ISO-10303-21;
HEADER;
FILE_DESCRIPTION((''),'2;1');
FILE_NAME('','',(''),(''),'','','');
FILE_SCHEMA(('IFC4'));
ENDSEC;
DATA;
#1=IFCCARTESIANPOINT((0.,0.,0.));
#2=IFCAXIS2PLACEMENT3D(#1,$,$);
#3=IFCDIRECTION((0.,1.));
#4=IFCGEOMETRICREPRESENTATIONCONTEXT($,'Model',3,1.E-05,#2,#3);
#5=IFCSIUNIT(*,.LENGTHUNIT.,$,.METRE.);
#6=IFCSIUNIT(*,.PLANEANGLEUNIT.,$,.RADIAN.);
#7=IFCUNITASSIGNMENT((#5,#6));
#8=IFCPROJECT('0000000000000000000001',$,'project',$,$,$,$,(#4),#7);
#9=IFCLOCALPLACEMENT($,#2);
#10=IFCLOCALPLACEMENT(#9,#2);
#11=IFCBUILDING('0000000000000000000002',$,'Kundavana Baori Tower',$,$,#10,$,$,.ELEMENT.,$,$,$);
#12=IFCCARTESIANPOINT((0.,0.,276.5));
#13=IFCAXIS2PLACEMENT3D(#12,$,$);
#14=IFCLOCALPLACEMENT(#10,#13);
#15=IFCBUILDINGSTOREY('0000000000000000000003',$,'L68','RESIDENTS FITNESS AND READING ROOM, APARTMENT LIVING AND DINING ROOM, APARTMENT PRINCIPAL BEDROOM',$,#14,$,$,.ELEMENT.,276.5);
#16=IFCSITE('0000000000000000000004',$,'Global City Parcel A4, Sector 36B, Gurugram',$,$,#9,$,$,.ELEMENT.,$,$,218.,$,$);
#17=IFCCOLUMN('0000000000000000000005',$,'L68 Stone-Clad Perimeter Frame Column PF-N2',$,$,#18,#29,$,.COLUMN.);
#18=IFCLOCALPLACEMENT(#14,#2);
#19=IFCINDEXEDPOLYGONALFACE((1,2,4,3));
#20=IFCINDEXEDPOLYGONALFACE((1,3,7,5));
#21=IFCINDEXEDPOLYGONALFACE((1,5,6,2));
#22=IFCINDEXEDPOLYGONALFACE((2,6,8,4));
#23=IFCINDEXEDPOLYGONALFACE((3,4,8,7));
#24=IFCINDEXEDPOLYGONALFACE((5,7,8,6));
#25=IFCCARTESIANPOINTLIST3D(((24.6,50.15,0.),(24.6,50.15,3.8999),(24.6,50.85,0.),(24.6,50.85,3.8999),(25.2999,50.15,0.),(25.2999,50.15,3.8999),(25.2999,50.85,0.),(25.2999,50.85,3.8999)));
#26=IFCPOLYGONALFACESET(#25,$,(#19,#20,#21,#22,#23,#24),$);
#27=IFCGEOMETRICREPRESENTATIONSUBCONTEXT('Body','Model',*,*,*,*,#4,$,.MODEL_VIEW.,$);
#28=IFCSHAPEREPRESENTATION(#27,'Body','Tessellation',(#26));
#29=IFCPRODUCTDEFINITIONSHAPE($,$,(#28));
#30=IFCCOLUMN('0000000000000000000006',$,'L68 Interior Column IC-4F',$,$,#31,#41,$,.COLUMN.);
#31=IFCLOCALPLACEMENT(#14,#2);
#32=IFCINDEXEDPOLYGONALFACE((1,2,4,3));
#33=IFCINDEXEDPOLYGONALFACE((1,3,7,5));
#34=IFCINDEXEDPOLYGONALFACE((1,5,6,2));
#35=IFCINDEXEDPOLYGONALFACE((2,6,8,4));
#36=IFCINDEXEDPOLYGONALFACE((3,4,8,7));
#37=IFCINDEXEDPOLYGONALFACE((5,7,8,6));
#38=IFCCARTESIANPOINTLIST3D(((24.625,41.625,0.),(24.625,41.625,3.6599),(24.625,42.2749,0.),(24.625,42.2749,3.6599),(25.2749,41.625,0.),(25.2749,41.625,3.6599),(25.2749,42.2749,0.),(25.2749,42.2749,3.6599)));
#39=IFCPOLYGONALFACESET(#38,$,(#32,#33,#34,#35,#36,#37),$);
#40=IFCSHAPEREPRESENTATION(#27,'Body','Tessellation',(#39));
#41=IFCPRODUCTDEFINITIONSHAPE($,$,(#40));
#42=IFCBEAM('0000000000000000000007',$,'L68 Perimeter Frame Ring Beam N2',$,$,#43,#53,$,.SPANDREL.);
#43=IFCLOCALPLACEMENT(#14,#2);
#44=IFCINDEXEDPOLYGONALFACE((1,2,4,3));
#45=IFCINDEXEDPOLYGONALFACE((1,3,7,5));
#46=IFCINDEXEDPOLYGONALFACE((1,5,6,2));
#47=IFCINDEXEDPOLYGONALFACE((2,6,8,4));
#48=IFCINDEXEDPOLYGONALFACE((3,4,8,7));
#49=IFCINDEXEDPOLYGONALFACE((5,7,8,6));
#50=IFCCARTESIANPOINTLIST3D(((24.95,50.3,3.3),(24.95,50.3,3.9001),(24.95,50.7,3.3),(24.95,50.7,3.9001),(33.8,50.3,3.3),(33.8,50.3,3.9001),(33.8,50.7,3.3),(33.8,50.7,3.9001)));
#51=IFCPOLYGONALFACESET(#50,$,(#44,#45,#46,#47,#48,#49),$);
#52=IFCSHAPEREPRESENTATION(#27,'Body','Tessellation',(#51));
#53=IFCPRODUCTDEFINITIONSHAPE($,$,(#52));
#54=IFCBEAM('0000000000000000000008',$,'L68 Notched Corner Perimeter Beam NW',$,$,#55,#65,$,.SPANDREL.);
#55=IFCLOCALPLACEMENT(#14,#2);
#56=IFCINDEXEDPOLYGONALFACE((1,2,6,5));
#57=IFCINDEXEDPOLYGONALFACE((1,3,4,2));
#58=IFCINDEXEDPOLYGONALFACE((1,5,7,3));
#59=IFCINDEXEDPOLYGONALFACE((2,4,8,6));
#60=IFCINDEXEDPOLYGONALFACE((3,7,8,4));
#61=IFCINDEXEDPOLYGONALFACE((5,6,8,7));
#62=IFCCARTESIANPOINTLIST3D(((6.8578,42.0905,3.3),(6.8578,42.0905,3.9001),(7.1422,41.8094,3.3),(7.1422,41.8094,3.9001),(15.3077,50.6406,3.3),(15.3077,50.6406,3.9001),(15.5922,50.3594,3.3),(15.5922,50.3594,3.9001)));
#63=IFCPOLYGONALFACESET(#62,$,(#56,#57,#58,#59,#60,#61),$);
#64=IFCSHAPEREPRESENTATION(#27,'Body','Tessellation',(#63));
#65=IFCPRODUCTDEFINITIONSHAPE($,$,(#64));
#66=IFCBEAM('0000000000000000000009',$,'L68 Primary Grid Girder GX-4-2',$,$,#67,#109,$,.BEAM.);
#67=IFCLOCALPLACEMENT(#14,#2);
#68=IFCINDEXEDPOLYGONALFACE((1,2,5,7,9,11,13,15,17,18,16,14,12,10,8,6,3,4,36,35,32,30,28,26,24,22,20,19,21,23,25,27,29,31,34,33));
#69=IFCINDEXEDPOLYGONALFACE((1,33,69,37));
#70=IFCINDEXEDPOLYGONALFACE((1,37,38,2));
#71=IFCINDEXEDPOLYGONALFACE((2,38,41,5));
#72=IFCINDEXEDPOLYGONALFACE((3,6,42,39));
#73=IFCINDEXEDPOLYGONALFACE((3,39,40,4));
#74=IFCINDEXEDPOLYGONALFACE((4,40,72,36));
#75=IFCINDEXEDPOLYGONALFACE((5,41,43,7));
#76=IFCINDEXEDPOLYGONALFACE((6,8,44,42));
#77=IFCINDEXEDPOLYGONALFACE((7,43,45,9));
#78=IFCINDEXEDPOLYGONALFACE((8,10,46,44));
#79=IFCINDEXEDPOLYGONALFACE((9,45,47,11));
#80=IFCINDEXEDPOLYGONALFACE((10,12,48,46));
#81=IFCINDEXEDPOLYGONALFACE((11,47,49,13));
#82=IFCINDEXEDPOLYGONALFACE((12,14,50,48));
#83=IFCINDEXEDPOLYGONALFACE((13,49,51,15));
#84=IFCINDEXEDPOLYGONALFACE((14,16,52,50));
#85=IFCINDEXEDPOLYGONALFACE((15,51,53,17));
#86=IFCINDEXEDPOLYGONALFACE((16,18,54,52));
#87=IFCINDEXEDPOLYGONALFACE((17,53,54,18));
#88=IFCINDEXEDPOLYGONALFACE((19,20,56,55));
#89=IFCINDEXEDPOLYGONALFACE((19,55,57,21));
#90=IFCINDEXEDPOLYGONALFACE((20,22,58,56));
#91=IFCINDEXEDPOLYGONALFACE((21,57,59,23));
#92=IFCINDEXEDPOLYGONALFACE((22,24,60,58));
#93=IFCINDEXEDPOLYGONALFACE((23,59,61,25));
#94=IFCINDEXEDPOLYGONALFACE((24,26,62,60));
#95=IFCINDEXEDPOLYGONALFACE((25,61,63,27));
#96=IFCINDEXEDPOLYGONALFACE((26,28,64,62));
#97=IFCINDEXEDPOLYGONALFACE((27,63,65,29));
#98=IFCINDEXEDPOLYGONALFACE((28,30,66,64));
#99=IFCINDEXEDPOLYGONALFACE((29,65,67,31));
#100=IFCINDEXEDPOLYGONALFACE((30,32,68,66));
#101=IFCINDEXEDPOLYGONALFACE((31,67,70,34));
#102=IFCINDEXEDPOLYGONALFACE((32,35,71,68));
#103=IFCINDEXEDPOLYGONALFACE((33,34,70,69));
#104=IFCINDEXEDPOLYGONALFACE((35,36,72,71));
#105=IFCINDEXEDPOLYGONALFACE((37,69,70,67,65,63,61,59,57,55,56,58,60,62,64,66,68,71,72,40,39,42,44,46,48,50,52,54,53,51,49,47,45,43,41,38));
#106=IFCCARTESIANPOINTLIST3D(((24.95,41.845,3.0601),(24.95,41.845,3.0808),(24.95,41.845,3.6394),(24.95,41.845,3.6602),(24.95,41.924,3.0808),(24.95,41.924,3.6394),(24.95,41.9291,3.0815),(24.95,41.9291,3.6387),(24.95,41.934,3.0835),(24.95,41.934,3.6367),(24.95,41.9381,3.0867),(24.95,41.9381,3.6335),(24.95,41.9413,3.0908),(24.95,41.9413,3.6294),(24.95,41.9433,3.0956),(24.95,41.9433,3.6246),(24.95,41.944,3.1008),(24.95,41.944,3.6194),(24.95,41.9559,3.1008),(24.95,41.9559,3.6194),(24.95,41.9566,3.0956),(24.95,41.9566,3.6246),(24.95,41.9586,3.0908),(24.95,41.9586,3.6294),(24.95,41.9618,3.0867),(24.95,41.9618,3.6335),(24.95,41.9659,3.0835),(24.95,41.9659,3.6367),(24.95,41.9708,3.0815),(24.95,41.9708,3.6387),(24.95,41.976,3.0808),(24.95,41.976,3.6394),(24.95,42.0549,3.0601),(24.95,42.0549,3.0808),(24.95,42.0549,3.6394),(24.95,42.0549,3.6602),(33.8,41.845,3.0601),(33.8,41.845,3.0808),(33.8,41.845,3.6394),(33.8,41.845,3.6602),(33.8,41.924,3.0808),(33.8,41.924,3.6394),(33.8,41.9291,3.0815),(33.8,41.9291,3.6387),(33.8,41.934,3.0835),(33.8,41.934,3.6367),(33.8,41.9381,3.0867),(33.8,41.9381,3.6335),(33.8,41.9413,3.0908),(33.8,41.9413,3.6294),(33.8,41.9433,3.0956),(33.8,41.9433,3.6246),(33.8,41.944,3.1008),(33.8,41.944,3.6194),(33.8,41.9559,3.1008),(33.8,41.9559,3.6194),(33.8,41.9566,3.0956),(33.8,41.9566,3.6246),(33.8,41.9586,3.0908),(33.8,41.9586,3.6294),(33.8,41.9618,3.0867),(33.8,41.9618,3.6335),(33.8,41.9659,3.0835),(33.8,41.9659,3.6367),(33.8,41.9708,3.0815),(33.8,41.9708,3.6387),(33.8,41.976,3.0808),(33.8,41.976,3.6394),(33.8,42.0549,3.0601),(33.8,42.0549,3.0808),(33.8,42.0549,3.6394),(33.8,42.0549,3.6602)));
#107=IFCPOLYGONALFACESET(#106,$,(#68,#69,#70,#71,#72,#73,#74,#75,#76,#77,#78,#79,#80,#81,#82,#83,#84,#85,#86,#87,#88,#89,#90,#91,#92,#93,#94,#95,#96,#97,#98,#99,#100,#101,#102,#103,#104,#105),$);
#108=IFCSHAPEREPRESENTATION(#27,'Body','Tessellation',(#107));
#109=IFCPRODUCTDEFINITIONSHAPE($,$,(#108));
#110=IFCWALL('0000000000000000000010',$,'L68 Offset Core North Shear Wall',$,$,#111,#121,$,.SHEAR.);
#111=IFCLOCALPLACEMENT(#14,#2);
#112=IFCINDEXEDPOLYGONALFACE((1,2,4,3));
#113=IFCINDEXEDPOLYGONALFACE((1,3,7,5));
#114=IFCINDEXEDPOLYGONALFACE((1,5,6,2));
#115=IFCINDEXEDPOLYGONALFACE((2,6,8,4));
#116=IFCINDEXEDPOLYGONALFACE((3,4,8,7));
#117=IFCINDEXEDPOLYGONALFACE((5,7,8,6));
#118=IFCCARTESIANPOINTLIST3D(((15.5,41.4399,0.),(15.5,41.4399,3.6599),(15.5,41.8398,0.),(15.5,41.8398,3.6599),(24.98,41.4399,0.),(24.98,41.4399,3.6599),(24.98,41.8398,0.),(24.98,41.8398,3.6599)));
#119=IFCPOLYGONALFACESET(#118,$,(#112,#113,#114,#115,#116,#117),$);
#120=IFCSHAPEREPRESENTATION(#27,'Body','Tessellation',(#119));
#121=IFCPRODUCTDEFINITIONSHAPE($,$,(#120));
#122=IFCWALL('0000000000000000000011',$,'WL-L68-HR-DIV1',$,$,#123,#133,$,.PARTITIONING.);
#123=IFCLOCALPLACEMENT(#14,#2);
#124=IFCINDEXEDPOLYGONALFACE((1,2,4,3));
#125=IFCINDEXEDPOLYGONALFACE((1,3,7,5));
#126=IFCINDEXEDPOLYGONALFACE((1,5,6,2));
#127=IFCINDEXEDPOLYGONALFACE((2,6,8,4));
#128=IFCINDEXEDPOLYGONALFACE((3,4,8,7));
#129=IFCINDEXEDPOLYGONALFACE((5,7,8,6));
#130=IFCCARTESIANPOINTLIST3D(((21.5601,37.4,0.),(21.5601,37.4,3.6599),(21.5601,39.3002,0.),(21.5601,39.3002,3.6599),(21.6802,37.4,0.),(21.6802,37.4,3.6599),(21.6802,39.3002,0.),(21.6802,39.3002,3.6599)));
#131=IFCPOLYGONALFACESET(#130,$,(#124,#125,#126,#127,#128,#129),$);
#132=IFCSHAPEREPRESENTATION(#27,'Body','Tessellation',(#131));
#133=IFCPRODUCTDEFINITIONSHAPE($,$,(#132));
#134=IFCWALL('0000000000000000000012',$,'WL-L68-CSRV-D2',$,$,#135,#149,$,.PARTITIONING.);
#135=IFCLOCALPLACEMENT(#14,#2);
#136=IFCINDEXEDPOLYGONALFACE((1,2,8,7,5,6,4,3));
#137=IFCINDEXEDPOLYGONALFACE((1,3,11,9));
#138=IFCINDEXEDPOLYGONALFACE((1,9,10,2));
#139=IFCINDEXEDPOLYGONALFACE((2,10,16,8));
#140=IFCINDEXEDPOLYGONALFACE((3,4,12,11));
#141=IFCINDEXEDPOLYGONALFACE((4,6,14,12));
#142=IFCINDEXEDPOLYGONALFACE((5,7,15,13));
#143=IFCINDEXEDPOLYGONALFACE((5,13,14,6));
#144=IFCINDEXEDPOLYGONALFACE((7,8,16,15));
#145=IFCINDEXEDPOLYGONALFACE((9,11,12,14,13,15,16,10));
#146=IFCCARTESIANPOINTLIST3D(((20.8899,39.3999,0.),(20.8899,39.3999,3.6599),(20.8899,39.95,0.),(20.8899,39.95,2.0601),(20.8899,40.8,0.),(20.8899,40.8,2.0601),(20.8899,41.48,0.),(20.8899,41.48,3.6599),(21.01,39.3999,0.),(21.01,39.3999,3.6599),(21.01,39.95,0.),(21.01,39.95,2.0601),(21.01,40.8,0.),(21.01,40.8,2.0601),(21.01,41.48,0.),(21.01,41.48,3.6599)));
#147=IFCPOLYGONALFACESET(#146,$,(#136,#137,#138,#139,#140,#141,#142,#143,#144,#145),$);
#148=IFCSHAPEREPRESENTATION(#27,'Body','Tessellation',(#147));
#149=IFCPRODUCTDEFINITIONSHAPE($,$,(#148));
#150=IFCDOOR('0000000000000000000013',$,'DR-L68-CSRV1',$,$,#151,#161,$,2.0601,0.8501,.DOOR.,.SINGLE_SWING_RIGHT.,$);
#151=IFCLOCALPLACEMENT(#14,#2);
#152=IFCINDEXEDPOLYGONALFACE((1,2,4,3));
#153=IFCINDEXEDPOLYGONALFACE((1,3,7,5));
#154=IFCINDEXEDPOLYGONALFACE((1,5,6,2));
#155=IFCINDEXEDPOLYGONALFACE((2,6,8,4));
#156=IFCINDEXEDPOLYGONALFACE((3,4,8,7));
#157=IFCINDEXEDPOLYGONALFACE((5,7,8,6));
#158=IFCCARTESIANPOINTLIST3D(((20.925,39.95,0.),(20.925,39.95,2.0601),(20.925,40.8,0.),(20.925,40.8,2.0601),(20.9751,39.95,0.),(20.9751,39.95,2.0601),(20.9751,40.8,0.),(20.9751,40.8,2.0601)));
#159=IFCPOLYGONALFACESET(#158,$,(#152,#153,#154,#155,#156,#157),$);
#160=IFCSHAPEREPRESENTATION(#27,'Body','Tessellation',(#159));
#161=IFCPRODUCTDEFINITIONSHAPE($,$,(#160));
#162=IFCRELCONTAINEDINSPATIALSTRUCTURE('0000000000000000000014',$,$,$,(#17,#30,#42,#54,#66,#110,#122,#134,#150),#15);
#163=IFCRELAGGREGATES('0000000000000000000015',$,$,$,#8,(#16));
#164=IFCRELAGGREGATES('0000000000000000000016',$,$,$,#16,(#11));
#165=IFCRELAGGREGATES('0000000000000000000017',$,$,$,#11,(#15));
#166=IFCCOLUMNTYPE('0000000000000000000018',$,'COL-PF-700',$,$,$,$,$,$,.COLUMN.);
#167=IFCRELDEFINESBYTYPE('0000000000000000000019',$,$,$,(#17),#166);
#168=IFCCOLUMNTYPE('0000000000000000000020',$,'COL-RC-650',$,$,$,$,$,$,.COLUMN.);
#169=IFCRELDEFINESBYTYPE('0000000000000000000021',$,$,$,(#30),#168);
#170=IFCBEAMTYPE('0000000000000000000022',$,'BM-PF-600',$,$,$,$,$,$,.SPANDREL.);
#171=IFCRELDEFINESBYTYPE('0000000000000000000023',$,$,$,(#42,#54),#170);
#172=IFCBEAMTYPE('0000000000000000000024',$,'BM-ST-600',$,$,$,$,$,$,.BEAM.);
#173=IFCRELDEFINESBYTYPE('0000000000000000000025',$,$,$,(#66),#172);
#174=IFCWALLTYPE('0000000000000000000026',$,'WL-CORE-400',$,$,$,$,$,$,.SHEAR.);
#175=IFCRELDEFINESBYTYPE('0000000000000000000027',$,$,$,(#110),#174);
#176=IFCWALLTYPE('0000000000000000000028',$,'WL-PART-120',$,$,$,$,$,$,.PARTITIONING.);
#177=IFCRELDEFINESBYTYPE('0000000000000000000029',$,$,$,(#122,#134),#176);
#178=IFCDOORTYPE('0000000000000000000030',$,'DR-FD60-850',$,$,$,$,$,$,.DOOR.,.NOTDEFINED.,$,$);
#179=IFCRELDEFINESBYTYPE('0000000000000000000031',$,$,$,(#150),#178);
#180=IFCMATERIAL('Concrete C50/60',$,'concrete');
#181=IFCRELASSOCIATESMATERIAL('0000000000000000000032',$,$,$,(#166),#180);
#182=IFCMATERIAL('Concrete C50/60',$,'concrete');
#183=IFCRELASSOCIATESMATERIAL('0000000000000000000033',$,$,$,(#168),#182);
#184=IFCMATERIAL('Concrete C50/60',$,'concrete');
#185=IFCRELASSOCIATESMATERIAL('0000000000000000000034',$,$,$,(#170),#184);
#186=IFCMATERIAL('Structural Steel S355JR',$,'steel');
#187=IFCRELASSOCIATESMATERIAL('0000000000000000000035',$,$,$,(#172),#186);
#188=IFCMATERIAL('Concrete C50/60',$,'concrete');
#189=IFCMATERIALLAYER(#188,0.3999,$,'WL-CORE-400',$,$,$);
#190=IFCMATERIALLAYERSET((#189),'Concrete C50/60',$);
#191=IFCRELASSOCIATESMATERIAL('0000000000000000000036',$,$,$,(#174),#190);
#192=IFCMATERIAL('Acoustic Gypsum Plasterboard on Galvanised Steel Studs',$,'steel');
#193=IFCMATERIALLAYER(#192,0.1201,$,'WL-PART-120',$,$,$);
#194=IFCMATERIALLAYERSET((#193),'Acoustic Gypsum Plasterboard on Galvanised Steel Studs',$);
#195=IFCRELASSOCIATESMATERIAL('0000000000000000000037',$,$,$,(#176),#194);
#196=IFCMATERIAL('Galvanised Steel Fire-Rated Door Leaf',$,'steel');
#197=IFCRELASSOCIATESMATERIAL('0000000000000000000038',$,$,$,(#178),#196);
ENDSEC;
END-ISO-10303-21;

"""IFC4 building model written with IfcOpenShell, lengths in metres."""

from ifc_helpers import new_model, si_unit, direction, frame, frame_2d, origin, origin_2d, place, context, subcontext, project, spatial, rectangle, i_section, extrude, material, layer, layer_set, material_profile, profile_set, type_object, element, fill, save


model = new_model("IFC4")

# Units and contexts
model_context = context("Model", 3, precision=1e-05, world=origin(), true_north=direction((0.0, 1.0)))
body_context = subcontext(model_context, "Body", "Model", "MODEL_VIEW")
ifc_project = project(units=[si_unit("LENGTHUNIT", "METRE"), si_unit("PLANEANGLEUNIT", "RADIAN")], contexts=[model_context])

# Site, building, storey
site_placement = place(None, origin())
site = spatial("IfcSite", under=ifc_project, at=site_placement, Name="Global City Parcel A4, Sector 36B, Gurugram", CompositionType="ELEMENT", RefElevation=218.0)
building_placement = place(site_placement, origin())
building = spatial("IfcBuilding", under=site, at=building_placement, Name="Kundavana Baori Tower", CompositionType="ELEMENT")
storey_placement = place(building_placement, frame((0.0, 0.0, 276.5)))
storey = spatial("IfcBuildingStorey", under=building, at=storey_placement, Name="L68", Description="RESIDENTS FITNESS AND READING ROOM, APARTMENT LIVING AND DINING ROOM, APARTMENT PRINCIPAL BEDROOM", CompositionType="ELEMENT", Elevation=276.5)

# Columns
ifc_material_1 = material(Name="Concrete C50/60", Category="concrete")
ifc_material_profile_1 = material_profile(ifc_material_1, rectangle(XDim=0.7, YDim=0.7, at=origin_2d()), Name="RC PF 700x700")
ifc_profile_set_1 = profile_set([ifc_material_profile_1], Name="Concrete C50/60")
column_type_1 = type_object("IfcColumnType", Name="COL-PF-700", PredefinedType="COLUMN", material=ifc_profile_set_1)
column_1_placement = place(storey_placement, frame((24.95, 50.5, 0.0), z_axis=(0.0, 0.0, 1.0), x_axis=(1.0, 0.0, 0.0)))
element("IfcColumn", 1, at=column_1_placement, inside=storey, type_object=column_type_1, Name="L68 Stone-Clad Perimeter Frame Column PF-N2", PredefinedType="COLUMN", context=body_context, shape_type="SweptSolid", body=[
    extrude(rectangle(XDim=0.7, YDim=0.7, at=origin_2d()), origin(), (0.0, 0.0, 1.0), 3.8999),
])
ifc_material_2 = material(Name="Concrete C50/60", Category="concrete")
ifc_material_profile_2 = material_profile(ifc_material_2, rectangle(XDim=0.6499, YDim=0.6499, at=origin_2d()), Name="RC 650x650")
ifc_profile_set_2 = profile_set([ifc_material_profile_2], Name="Concrete C50/60")
column_type_2 = type_object("IfcColumnType", Name="COL-RC-650", PredefinedType="COLUMN", material=ifc_profile_set_2)
column_2_placement = place(storey_placement, frame((24.95, 41.95, 0.0), z_axis=(0.0, 0.0, 1.0), x_axis=(1.0, 0.0, 0.0)))
element("IfcColumn", 2, at=column_2_placement, inside=storey, type_object=column_type_2, Name="L68 Interior Column IC-4F", PredefinedType="COLUMN", context=body_context, shape_type="SweptSolid", body=[
    extrude(rectangle(XDim=0.6499, YDim=0.6499, at=origin_2d()), origin(), (0.0, 0.0, 1.0), 3.6599),
])

# Beams
ifc_material_3 = material(Name="Concrete C50/60", Category="concrete")
ifc_material_profile_3 = material_profile(ifc_material_3, rectangle(XDim=0.3999, YDim=0.6001, at=origin_2d()), Name="RC BM 400x600")
ifc_profile_set_3 = profile_set([ifc_material_profile_3], Name="Concrete C50/60")
beam_type_1 = type_object("IfcBeamType", Name="BM-PF-600", PredefinedType="SPANDREL", material=ifc_profile_set_3)
beam_1_placement = place(storey_placement, frame((24.95, 50.5, 3.6001), z_axis=(1.0, 0.0, 0.0), x_axis=(0.0, 1.0, 0.0)))
element("IfcBeam", 3, at=beam_1_placement, inside=storey, type_object=beam_type_1, Name="L68 Perimeter Frame Ring Beam N2", PredefinedType="SPANDREL", context=body_context, shape_type="SweptSolid", body=[
    extrude(rectangle(XDim=0.3999, YDim=0.6001, at=origin_2d()), origin(), (0.0, 0.0, 1.0), 8.8501),
])
beam_2_placement = place(storey_placement, frame((15.45, 50.5, 3.6001), z_axis=(-0.702931, -0.711258, 0.0), x_axis=(0.711258, -0.702931, 0.0)))
element("IfcBeam", 4, at=beam_2_placement, inside=storey, type_object=beam_type_1, Name="L68 Notched Corner Perimeter Beam NW", PredefinedType="SPANDREL", context=body_context, shape_type="SweptSolid", body=[
    extrude(rectangle(XDim=0.3999, YDim=0.6001, at=origin_2d()), origin(), (0.0, 0.0, 1.0), 12.021),
])
ifc_material_4 = material(Name="Structural Steel S355JR", Category="steel")
ifc_material_profile_4 = material_profile(ifc_material_4, i_section(OverallWidth=0.21, OverallDepth=0.6001, WebThickness=0.012, FlangeThickness=0.0208, FilletRadius=0.02, at=origin_2d()), Name="ISMB 600")
ifc_profile_set_4 = profile_set([ifc_material_profile_4], Name="Structural Steel S355JR")
beam_type_2 = type_object("IfcBeamType", Name="BM-ST-600", PredefinedType="BEAM", material=ifc_profile_set_4)
beam_3_placement = place(storey_placement, frame((24.95, 41.95, 3.3601), z_axis=(1.0, 0.0, 0.0), x_axis=(0.0, 1.0, 0.0)))
element("IfcBeam", 5, at=beam_3_placement, inside=storey, type_object=beam_type_2, Name="L68 Primary Grid Girder GX-4-2", PredefinedType="BEAM", context=body_context, shape_type="SweptSolid", body=[
    extrude(i_section(OverallWidth=0.21, OverallDepth=0.6001, WebThickness=0.012, FlangeThickness=0.0208, FilletRadius=0.02, at=origin_2d()), origin(), (0.0, 0.0, 1.0), 8.8501),
])

# Walls
ifc_material_5 = material(Name="Concrete C50/60", Category="concrete")
ifc_layer_1 = layer(ifc_material_5, 0.3999, Name="WL-CORE-400")
ifc_layer_set_1 = layer_set([ifc_layer_1], Name="Concrete C50/60")
wall_type_1 = type_object("IfcWallType", Name="WL-CORE-400", PredefinedType="SHEAR", material=ifc_layer_set_1)
wall_1_placement = place(storey_placement, frame((15.5, 41.6399, 0.0), z_axis=(0.0, 0.0, 1.0), x_axis=(1.0, 0.0, 0.0)))
element("IfcWall", 6, at=wall_1_placement, inside=storey, type_object=wall_type_1, Name="L68 Offset Core North Shear Wall", PredefinedType="SHEAR", context=body_context, shape_type="SweptSolid", body=[
    extrude(rectangle(XDim=9.48, YDim=0.3999, at=frame_2d((4.74, 0.0))), origin(), (0.0, 0.0, 1.0), 3.6599),
])
ifc_material_6 = material(Name="Acoustic Gypsum Plasterboard on Galvanised Steel Studs", Category="steel")
ifc_layer_2 = layer(ifc_material_6, 0.1201, Name="WL-PART-120")
ifc_layer_set_2 = layer_set([ifc_layer_2], Name="Acoustic Gypsum Plasterboard on Galvanised Steel Studs")
wall_type_2 = type_object("IfcWallType", Name="WL-PART-120", PredefinedType="PARTITIONING", material=ifc_layer_set_2)
wall_2_placement = place(storey_placement, frame((21.6201, 37.3999, 0.0), z_axis=(0.0, 0.0, 1.0), x_axis=(0.0, 1.0, 0.0)))
element("IfcWall", 7, at=wall_2_placement, inside=storey, type_object=wall_type_2, Name="WL-L68-HR-DIV1", PredefinedType="PARTITIONING", context=body_context, shape_type="SweptSolid", body=[
    extrude(rectangle(XDim=1.9001, YDim=0.1201, at=frame_2d((0.9502, 0.0))), origin(), (0.0, 0.0, 1.0), 3.6599),
])

# Wall, opening, door
wall_3_placement = place(storey_placement, frame((20.95, 39.3999, 0.0), z_axis=(0.0, 0.0, 1.0), x_axis=(0.0, 1.0, 0.0)))
wall_3 = element("IfcWall", 8, at=wall_3_placement, inside=storey, type_object=wall_type_2, Name="WL-L68-CSRV-D2", PredefinedType="PARTITIONING", context=body_context, shape_type="SweptSolid", body=[
    extrude(rectangle(XDim=2.0801, YDim=0.1201, at=frame_2d((1.04, 0.0))), origin(), (0.0, 0.0, 1.0), 3.6599),
])
opening_1_placement = place(wall_3_placement, frame((0.55, 0.0, 0.0)))
opening_1 = element("IfcOpeningElement", 9, at=opening_1_placement, cuts=wall_3, PredefinedType="OPENING", context=body_context, shape_type="SweptSolid", body=[
    extrude(rectangle(XDim=0.8501, YDim=2.0601, at=frame_2d((0.425, 1.03))), frame((0.0, 0.0701, 0.0), z_axis=(0.0, -1.0, 0.0), x_axis=(1.0, 0.0, 0.0)), (0.0, 0.0, 1.0), 0.1401),
])
ifc_material_7 = material(Name="Galvanised Steel Fire-Rated Door Leaf", Category="steel")
door_type_1 = type_object("IfcDoorType", Name="DR-FD60-850", OperationType="NOTDEFINED", PredefinedType="DOOR", material=ifc_material_7)
door_1_placement = place(opening_1_placement, origin())
door_1 = element("IfcDoor", 10, at=door_1_placement, inside=storey, type_object=door_type_1, Name="DR-L68-CSRV1", OperationType="SINGLE_SWING_RIGHT", OverallHeight=2.0601, OverallWidth=0.8501, PredefinedType="DOOR", context=body_context, shape_type="SweptSolid", body=[
    extrude(rectangle(XDim=0.8501, YDim=2.0601, at=frame_2d((0.425, 1.03))), frame((0.0, 0.0249, 0.0), z_axis=(0.0, -1.0, 0.0), x_axis=(1.0, 0.0, 0.0)), (0.0, 0.0, 1.0), 0.05),
])
fill(opening_1, door_1)

save(model, "model.ifc")
